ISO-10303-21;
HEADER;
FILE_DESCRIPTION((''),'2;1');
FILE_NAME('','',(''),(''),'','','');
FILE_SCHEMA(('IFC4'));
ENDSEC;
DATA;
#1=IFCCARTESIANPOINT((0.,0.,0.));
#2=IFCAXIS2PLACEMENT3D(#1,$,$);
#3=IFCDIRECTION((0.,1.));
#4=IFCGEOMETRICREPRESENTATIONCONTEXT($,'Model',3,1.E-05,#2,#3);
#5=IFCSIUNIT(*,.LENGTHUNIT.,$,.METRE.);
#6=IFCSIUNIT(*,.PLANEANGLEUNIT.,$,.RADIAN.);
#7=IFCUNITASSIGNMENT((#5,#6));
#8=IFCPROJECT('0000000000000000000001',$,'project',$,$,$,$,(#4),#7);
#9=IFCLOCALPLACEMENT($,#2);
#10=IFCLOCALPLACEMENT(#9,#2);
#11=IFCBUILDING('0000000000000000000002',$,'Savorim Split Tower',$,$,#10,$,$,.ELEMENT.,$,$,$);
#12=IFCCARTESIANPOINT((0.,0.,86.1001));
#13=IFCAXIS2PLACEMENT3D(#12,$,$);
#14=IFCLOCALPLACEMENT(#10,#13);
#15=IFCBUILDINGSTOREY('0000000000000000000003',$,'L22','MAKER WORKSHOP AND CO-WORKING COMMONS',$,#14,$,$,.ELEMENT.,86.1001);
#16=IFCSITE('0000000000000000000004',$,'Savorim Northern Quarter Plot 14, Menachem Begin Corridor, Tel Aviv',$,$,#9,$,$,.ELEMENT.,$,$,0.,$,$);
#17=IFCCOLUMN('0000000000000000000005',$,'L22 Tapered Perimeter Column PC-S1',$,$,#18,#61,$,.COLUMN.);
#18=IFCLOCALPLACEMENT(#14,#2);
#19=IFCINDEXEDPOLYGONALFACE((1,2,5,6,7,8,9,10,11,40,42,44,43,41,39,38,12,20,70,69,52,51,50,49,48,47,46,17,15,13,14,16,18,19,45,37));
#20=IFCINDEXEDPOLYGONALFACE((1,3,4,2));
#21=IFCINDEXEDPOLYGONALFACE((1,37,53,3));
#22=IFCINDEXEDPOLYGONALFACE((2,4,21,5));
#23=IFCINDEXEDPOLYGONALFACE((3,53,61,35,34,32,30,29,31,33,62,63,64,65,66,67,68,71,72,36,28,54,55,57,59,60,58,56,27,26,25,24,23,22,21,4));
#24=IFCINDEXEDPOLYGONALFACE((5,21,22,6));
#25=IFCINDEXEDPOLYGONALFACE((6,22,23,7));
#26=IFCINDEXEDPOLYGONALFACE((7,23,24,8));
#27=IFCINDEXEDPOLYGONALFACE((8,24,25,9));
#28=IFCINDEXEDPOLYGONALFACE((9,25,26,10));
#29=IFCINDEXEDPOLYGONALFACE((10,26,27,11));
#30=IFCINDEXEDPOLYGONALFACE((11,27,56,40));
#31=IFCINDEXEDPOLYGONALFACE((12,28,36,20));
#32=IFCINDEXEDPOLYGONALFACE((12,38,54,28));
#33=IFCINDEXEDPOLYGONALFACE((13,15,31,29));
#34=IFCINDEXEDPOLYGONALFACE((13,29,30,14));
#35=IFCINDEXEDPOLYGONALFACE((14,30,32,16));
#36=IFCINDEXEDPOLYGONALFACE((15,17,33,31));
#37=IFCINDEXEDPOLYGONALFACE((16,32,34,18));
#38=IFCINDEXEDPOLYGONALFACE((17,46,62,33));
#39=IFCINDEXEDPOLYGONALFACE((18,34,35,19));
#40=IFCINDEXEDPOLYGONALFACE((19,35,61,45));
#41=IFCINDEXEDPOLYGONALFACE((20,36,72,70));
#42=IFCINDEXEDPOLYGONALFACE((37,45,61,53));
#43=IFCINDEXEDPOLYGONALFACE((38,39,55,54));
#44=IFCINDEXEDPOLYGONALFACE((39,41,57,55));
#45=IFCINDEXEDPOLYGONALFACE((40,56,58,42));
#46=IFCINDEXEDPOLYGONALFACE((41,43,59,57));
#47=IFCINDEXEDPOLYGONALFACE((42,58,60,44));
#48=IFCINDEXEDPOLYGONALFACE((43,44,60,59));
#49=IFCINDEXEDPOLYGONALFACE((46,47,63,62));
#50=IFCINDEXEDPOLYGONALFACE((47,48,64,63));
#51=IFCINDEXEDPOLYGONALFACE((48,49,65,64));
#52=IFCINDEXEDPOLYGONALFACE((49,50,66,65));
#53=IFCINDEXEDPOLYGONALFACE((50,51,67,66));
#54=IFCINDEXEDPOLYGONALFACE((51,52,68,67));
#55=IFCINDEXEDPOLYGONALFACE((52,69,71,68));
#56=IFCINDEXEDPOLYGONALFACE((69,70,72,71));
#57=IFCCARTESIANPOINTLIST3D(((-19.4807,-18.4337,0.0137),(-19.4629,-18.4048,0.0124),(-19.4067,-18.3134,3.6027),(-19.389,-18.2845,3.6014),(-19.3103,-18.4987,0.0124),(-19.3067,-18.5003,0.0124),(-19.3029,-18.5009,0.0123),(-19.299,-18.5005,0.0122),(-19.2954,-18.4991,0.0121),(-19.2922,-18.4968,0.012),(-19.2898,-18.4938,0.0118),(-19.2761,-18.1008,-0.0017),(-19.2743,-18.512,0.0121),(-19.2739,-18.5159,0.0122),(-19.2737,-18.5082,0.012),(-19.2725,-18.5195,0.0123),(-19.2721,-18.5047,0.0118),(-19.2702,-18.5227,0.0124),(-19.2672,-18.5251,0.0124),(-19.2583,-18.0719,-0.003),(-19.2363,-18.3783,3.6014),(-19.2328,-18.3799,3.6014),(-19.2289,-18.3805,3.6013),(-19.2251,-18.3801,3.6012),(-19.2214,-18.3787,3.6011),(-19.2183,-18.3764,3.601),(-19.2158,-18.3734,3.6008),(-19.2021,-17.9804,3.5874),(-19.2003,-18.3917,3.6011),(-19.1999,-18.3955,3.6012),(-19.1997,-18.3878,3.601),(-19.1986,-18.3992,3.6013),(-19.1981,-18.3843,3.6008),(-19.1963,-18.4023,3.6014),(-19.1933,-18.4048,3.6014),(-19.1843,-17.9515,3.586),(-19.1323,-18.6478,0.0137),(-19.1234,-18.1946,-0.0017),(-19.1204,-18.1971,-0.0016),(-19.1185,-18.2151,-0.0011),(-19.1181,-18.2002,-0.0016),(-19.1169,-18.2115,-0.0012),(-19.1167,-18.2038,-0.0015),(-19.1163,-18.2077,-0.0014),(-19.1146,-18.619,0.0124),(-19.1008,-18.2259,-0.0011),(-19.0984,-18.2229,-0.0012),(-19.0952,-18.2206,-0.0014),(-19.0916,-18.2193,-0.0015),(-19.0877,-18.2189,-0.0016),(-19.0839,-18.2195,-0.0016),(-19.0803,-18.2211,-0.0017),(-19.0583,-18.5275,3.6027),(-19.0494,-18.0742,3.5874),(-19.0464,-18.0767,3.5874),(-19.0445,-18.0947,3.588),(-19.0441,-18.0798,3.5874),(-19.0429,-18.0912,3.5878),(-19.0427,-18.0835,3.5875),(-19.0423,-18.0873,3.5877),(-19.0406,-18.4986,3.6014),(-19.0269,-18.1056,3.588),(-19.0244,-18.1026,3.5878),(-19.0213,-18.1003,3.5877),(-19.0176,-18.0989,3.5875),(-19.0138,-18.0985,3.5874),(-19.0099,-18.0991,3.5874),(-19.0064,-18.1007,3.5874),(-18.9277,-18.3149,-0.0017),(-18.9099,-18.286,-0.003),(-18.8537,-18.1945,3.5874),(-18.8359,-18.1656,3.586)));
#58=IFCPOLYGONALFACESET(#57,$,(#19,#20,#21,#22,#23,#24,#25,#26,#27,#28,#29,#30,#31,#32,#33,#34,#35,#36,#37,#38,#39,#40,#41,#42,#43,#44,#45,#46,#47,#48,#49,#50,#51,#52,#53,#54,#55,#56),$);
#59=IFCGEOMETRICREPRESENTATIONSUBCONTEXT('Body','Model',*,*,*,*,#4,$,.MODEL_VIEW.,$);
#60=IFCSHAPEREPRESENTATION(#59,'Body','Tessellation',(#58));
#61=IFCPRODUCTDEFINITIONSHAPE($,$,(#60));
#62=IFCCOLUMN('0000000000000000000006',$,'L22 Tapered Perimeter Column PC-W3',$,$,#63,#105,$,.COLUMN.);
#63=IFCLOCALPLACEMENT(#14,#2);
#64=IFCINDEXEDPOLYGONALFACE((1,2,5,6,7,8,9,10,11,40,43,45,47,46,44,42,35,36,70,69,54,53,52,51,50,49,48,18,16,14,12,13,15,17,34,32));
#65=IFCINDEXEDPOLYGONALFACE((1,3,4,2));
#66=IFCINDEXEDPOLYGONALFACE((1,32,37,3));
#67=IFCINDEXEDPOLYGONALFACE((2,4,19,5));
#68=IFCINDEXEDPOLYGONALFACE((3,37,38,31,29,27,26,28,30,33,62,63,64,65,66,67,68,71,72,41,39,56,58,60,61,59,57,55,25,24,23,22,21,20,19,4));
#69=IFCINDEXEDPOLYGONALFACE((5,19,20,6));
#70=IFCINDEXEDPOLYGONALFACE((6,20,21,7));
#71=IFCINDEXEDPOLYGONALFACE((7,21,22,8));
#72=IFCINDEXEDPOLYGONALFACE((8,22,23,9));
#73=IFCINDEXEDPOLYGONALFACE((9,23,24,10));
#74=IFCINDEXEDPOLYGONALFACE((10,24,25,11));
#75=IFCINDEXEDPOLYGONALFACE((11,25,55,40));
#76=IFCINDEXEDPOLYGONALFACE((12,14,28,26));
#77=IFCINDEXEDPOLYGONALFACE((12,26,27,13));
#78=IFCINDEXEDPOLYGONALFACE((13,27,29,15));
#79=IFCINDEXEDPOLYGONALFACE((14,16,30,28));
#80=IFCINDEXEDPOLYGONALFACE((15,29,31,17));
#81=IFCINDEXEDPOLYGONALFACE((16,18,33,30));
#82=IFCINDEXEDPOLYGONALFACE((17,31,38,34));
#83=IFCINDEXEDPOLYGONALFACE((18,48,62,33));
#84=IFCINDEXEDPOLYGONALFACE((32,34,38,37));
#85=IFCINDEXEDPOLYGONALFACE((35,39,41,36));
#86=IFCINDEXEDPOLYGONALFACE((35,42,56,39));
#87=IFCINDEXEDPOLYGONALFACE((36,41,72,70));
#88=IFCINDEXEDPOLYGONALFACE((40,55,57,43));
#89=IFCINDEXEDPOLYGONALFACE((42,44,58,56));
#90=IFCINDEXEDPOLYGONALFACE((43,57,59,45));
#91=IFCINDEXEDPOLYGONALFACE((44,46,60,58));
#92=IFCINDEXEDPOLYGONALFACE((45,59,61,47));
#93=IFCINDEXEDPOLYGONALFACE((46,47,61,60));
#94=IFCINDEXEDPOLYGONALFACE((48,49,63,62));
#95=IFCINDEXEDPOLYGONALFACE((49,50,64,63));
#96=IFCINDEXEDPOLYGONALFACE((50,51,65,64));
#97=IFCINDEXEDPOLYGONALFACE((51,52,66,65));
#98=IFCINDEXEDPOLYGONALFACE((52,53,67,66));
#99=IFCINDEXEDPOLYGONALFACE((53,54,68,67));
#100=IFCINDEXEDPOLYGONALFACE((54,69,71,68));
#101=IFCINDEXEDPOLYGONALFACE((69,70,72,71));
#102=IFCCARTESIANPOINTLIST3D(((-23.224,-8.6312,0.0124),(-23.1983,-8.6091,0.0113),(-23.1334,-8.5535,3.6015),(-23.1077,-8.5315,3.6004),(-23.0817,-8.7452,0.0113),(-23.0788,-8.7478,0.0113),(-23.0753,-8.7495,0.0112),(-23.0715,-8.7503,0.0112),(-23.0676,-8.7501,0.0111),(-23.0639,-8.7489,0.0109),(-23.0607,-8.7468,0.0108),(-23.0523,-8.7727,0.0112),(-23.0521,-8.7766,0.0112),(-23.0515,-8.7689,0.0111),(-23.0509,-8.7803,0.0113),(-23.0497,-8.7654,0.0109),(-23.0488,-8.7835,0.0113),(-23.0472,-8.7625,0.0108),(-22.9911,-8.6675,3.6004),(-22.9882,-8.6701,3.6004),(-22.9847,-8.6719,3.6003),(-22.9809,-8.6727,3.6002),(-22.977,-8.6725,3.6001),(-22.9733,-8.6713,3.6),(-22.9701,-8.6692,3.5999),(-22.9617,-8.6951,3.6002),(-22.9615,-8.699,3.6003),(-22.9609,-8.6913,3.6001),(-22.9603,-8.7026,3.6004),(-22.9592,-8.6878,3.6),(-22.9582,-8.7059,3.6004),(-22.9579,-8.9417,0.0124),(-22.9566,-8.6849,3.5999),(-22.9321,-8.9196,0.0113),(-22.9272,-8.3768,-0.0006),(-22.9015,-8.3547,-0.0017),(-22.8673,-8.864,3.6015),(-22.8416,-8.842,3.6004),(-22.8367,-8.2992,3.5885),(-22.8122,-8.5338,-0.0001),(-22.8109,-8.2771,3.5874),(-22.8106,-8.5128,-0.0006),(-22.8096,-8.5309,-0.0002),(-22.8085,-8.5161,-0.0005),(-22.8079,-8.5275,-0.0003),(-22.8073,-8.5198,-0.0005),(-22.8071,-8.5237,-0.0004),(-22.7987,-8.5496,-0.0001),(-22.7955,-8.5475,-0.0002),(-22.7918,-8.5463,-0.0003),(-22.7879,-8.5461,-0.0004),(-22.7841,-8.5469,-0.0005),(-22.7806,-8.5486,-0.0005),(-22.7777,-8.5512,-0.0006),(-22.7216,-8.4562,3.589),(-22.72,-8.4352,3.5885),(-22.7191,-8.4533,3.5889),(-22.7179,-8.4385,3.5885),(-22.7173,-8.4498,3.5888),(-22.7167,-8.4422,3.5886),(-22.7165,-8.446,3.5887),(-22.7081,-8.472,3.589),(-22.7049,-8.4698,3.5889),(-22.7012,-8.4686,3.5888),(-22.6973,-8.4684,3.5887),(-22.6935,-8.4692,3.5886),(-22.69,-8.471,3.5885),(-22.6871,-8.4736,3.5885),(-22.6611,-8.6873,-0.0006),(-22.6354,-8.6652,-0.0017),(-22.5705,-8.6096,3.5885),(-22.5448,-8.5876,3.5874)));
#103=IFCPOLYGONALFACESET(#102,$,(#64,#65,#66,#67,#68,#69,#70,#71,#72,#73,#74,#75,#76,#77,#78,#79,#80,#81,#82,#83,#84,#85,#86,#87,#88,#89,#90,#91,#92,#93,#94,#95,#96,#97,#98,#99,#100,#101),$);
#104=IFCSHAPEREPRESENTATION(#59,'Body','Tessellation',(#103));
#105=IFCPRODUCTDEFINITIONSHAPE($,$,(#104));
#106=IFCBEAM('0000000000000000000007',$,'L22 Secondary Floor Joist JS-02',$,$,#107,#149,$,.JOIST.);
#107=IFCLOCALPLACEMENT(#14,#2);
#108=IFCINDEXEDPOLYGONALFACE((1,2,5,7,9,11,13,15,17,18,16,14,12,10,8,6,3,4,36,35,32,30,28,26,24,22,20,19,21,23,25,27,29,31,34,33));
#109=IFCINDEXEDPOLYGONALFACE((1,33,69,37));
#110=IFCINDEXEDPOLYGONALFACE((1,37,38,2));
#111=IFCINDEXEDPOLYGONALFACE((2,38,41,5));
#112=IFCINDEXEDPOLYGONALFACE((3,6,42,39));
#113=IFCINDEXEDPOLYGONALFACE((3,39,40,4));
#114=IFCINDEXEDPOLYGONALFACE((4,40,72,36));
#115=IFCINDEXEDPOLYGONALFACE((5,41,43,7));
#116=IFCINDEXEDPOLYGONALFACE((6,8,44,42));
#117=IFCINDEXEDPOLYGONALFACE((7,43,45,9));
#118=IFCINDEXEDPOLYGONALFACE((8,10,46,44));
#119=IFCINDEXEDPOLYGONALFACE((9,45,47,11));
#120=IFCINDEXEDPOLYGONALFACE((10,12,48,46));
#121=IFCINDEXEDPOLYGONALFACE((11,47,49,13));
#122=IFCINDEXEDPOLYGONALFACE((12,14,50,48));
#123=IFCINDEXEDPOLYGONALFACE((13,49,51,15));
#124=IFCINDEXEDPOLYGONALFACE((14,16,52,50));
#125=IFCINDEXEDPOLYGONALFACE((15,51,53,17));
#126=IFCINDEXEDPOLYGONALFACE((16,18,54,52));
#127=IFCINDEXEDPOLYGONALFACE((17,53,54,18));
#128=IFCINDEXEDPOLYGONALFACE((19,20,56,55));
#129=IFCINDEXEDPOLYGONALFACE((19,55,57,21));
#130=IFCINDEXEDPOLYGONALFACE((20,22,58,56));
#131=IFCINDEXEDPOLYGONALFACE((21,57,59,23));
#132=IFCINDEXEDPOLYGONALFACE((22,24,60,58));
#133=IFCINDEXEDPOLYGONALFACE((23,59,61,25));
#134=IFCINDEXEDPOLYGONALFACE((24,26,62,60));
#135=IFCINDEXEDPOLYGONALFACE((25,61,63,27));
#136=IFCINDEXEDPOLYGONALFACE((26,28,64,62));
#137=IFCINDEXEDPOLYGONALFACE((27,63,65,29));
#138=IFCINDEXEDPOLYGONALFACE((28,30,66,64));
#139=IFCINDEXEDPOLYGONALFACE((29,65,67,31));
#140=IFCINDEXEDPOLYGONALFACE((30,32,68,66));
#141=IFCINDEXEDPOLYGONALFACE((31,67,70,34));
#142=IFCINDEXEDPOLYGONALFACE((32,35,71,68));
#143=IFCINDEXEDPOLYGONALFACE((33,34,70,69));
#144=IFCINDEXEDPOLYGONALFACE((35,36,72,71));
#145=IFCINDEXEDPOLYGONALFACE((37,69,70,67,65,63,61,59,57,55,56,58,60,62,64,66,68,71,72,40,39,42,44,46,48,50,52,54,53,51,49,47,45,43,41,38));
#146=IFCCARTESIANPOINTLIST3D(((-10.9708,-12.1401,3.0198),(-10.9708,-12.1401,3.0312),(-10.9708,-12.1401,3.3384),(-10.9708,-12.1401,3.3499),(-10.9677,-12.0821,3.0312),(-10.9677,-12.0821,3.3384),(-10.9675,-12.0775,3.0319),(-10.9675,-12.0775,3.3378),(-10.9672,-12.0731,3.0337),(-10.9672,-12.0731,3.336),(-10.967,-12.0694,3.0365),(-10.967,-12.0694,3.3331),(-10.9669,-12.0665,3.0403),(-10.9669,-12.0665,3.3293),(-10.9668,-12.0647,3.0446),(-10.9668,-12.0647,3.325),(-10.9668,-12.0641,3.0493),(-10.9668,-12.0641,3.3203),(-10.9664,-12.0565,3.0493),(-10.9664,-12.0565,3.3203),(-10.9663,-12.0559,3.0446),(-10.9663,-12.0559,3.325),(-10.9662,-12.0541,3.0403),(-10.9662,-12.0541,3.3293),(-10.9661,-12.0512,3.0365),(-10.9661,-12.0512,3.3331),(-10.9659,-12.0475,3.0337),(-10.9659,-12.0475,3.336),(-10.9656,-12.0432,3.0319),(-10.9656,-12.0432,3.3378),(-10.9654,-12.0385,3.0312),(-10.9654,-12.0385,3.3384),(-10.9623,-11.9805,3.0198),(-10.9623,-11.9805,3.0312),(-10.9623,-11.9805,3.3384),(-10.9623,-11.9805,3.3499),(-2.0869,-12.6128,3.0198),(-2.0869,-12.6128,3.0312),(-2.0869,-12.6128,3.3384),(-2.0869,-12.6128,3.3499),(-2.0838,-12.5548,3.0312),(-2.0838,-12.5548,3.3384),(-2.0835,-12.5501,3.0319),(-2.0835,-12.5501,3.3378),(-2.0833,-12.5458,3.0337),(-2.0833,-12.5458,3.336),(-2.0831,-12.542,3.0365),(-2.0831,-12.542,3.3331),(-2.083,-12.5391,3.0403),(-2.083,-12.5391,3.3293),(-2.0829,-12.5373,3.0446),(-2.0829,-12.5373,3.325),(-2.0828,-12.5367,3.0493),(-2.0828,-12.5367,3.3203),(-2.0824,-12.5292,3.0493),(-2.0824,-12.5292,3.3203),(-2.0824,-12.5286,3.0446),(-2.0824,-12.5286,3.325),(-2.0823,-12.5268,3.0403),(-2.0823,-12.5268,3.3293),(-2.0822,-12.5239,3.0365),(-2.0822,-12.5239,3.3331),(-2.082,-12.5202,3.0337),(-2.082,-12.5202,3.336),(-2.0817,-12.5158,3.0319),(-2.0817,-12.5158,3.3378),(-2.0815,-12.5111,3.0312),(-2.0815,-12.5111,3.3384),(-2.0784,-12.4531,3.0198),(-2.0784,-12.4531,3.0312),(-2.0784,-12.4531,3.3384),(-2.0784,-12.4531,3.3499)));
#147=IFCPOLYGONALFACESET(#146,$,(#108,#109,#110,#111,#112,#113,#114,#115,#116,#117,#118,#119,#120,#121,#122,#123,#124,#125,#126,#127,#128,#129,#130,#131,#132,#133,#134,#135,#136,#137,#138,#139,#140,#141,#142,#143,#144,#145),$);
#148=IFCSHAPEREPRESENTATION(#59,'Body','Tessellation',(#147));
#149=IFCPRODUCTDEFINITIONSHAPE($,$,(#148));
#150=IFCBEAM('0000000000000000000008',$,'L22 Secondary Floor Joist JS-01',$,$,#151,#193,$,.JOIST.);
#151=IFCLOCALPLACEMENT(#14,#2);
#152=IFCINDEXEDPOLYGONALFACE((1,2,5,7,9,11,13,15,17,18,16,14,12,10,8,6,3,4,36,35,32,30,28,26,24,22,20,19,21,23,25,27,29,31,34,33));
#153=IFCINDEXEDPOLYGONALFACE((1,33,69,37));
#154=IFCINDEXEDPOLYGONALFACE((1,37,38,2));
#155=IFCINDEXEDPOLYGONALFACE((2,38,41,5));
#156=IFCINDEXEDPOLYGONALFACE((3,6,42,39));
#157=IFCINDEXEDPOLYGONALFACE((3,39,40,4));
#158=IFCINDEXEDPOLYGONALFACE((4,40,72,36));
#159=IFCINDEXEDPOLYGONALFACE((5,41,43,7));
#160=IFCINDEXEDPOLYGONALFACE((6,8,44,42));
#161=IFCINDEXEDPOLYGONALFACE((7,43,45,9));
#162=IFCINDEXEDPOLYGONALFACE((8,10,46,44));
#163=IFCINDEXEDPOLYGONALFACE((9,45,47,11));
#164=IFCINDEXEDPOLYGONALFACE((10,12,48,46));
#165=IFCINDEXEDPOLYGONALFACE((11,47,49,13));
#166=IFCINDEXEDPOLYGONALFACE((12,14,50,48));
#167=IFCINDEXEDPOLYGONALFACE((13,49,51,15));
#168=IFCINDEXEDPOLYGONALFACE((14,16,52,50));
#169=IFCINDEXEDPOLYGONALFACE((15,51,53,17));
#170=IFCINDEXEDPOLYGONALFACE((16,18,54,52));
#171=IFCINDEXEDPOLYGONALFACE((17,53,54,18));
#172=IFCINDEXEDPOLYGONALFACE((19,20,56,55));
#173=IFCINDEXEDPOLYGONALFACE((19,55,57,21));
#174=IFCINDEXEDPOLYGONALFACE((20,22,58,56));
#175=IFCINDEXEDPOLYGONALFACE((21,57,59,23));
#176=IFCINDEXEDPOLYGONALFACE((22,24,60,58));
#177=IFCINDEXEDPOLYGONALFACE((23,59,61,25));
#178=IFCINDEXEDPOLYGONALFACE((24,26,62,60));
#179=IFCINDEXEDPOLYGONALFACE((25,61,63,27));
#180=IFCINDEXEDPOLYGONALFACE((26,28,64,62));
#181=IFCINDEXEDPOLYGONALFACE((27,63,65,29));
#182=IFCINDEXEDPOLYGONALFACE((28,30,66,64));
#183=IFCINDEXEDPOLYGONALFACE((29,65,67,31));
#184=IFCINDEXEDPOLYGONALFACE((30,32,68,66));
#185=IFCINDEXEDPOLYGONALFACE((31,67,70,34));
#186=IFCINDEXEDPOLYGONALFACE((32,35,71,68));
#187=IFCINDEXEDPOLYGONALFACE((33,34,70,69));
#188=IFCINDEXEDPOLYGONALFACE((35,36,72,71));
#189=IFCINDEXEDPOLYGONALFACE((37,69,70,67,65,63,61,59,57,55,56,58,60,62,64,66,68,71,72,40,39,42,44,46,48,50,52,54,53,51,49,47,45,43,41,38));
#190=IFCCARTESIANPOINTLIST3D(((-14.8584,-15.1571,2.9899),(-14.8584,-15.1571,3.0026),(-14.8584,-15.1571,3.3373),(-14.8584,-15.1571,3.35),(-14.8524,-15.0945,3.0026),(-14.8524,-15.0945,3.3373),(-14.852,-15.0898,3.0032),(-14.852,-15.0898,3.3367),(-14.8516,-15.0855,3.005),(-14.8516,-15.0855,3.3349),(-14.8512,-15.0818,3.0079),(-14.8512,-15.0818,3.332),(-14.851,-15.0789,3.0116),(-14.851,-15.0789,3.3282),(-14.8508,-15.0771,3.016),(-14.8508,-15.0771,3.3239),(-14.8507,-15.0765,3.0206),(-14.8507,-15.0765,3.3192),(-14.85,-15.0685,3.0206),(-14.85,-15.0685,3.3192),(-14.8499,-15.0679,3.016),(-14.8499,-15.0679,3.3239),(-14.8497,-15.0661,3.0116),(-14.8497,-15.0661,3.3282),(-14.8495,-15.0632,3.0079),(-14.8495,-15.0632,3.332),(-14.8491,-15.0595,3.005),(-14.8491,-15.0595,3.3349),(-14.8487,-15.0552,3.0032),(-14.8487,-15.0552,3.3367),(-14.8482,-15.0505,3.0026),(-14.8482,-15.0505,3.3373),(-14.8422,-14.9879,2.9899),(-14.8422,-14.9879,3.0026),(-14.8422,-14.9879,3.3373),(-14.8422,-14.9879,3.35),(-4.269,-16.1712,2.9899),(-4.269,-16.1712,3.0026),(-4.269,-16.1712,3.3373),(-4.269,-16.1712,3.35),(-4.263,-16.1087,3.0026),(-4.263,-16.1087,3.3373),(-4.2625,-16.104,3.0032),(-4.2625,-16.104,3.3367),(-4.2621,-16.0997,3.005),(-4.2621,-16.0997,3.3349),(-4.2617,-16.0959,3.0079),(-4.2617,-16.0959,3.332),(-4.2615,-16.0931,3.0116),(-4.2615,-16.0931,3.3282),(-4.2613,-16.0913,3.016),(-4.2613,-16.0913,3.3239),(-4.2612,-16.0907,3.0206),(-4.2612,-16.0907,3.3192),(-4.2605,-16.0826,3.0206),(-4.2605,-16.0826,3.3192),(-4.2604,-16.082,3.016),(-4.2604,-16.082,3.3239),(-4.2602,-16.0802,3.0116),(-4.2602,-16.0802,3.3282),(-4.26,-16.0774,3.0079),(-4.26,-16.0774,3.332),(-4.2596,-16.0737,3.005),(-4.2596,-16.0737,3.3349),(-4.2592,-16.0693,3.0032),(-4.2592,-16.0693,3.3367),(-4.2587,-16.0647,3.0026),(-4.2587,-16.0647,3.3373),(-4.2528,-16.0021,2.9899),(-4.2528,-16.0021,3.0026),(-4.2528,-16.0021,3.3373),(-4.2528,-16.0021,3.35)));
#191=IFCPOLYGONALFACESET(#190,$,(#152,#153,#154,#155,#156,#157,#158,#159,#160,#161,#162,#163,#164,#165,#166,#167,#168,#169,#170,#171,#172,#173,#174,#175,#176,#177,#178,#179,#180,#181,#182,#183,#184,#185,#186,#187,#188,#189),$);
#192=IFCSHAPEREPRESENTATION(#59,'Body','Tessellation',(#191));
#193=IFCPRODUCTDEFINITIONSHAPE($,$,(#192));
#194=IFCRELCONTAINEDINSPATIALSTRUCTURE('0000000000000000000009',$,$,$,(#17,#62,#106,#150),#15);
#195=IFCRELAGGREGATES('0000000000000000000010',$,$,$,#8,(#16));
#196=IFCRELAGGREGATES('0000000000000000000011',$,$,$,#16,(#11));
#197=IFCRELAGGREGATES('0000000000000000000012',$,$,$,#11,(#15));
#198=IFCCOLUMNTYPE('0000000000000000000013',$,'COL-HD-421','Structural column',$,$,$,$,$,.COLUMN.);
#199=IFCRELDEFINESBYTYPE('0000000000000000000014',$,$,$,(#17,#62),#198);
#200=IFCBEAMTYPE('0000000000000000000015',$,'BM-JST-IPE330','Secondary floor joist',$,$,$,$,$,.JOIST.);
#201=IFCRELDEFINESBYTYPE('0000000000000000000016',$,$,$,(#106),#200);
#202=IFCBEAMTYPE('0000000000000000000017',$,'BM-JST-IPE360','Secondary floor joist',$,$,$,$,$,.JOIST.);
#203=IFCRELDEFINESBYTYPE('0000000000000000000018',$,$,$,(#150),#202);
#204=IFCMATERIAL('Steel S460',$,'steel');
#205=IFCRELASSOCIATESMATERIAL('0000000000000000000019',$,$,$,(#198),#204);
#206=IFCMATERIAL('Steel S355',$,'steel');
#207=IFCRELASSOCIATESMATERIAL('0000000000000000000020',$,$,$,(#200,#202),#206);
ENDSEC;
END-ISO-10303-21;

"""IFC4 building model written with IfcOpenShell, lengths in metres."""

from ifc_helpers import new_model, si_unit, direction, frame, origin, origin_2d, place, context, subcontext, project, spatial, i_section, extrude, material, material_profile, profile_set, type_object, element, save


model = new_model("IFC4")

# Units and contexts
model_context = context("Model", 3, precision=1e-05, world=origin(), true_north=direction((0.0, 1.0)))
body_context = subcontext(model_context, "Body", "Model", "MODEL_VIEW")
ifc_project = project(units=[si_unit("LENGTHUNIT", "METRE"), si_unit("PLANEANGLEUNIT", "RADIAN")], contexts=[model_context])

# Site, building, storey
site_placement = place(None, origin())
site = spatial("IfcSite", under=ifc_project, at=site_placement, Name="Savorim Northern Quarter Plot 14, Menachem Begin Corridor, Tel Aviv", CompositionType="ELEMENT", RefElevation=0.0)
building_placement = place(site_placement, origin())
building = spatial("IfcBuilding", under=site, at=building_placement, Name="Savorim Split Tower", CompositionType="ELEMENT")
storey_placement = place(building_placement, frame((0.0, 0.0, 86.1001)))
storey = spatial("IfcBuildingStorey", under=building, at=storey_placement, Name="L22", Description="MAKER WORKSHOP AND CO-WORKING COMMONS", CompositionType="ELEMENT", Elevation=86.1001)

# Columns
ifc_material_1 = material(Name="Steel S460", Category="steel")
ifc_material_profile_1 = material_profile(ifc_material_1, i_section(OverallWidth=0.4089, OverallDepth=0.425, WebThickness=0.0208, FlangeThickness=0.0339, FilletRadius=0.0149, at=origin_2d()), Name="HD 400x421")
ifc_profile_set_1 = profile_set([ifc_material_profile_1], Name="Steel S460")
column_type = type_object("IfcColumnType", Name="COL-HD-421", Description="Structural column", PredefinedType="COLUMN", material=ifc_profile_set_1)
column_1_placement = place(storey_placement, frame((-19.1953, -18.3599, 0.0054), z_axis=(0.020595, 0.033509, 0.999226), x_axis=(-0.851955, 0.523615, 0.0)))
element("IfcColumn", 1, at=column_1_placement, inside=storey, type_object=column_type, Name="L22 Tapered Perimeter Column PC-S1", PredefinedType="COLUMN", context=body_context, shape_type="SweptSolid", body=[
    extrude(i_section(OverallWidth=0.4089, OverallDepth=0.425, WebThickness=0.0208, FlangeThickness=0.0339, FilletRadius=0.0149, at=origin_2d()), origin(), (0.0, 0.0, 1.0), 3.5918),
])
column_2_placement = place(storey_placement, frame((-22.9297, -8.6482, 0.0054), z_axis=(0.025222, 0.021619, 0.999448), x_axis=(-0.650791, 0.759257, 0.0)))
element("IfcColumn", 2, at=column_2_placement, inside=storey, type_object=column_type, Name="L22 Tapered Perimeter Column PC-W3", PredefinedType="COLUMN", context=body_context, shape_type="SweptSolid", body=[
    extrude(i_section(OverallWidth=0.4089, OverallDepth=0.425, WebThickness=0.0208, FlangeThickness=0.0339, FilletRadius=0.0149, at=origin_2d()), origin(), (0.0, 0.0, 1.0), 3.5911),
])

# Beams
ifc_material_2 = material(Name="Steel S355", Category="steel")
ifc_material_profile_2 = material_profile(ifc_material_2, i_section(OverallWidth=0.1599, OverallDepth=0.3301, WebThickness=0.0076, FlangeThickness=0.0115, FilletRadius=0.0181, at=origin_2d()), Name="IPE 330")
ifc_profile_set_2 = profile_set([ifc_material_profile_2], Name="Steel S355")
beam_type_1 = type_object("IfcBeamType", Name="BM-JST-IPE330", Description="Secondary floor joist", PredefinedType="JOIST", material=ifc_profile_set_2)
beam_1_placement = place(storey_placement, frame((-10.9666, -12.0603, 3.1848), z_axis=(0.998588, -0.053128, 0.0), x_axis=(0.053128, 0.998588, 0.0)))
element("IfcBeam", 3, at=beam_1_placement, inside=storey, type_object=beam_type_1, Name="L22 Secondary Floor Joist JS-02", PredefinedType="JOIST", context=body_context, shape_type="SweptSolid", body=[
    extrude(i_section(OverallWidth=0.1599, OverallDepth=0.3301, WebThickness=0.0076, FlangeThickness=0.0115, FilletRadius=0.0181, at=origin_2d()), origin(), (0.0, 0.0, 1.0), 8.8965),
])
ifc_material_profile_3 = material_profile(ifc_material_2, i_section(OverallWidth=0.1699, OverallDepth=0.3601, WebThickness=0.0081, FlangeThickness=0.0127, FilletRadius=0.0181, at=origin_2d()), Name="IPE 360")
ifc_profile_set_3 = profile_set([ifc_material_profile_3], Name="Steel S355")
beam_type_2 = type_object("IfcBeamType", Name="BM-JST-IPE360", Description="Secondary floor joist", PredefinedType="JOIST", material=ifc_profile_set_3)
beam_2_placement = place(storey_placement, frame((-14.8503, -15.0725, 3.1699), z_axis=(0.995445, -0.095333, 0.0), x_axis=(0.095333, 0.995445, 0.0)))
element("IfcBeam", 4, at=beam_2_placement, inside=storey, type_object=beam_type_2, Name="L22 Secondary Floor Joist JS-01", PredefinedType="JOIST", context=body_context, shape_type="SweptSolid", body=[
    extrude(i_section(OverallWidth=0.1699, OverallDepth=0.3601, WebThickness=0.0081, FlangeThickness=0.0127, FilletRadius=0.0181, at=origin_2d()), origin(), (0.0, 0.0, 1.0), 10.6379),
])

save(model, "model.ifc")
